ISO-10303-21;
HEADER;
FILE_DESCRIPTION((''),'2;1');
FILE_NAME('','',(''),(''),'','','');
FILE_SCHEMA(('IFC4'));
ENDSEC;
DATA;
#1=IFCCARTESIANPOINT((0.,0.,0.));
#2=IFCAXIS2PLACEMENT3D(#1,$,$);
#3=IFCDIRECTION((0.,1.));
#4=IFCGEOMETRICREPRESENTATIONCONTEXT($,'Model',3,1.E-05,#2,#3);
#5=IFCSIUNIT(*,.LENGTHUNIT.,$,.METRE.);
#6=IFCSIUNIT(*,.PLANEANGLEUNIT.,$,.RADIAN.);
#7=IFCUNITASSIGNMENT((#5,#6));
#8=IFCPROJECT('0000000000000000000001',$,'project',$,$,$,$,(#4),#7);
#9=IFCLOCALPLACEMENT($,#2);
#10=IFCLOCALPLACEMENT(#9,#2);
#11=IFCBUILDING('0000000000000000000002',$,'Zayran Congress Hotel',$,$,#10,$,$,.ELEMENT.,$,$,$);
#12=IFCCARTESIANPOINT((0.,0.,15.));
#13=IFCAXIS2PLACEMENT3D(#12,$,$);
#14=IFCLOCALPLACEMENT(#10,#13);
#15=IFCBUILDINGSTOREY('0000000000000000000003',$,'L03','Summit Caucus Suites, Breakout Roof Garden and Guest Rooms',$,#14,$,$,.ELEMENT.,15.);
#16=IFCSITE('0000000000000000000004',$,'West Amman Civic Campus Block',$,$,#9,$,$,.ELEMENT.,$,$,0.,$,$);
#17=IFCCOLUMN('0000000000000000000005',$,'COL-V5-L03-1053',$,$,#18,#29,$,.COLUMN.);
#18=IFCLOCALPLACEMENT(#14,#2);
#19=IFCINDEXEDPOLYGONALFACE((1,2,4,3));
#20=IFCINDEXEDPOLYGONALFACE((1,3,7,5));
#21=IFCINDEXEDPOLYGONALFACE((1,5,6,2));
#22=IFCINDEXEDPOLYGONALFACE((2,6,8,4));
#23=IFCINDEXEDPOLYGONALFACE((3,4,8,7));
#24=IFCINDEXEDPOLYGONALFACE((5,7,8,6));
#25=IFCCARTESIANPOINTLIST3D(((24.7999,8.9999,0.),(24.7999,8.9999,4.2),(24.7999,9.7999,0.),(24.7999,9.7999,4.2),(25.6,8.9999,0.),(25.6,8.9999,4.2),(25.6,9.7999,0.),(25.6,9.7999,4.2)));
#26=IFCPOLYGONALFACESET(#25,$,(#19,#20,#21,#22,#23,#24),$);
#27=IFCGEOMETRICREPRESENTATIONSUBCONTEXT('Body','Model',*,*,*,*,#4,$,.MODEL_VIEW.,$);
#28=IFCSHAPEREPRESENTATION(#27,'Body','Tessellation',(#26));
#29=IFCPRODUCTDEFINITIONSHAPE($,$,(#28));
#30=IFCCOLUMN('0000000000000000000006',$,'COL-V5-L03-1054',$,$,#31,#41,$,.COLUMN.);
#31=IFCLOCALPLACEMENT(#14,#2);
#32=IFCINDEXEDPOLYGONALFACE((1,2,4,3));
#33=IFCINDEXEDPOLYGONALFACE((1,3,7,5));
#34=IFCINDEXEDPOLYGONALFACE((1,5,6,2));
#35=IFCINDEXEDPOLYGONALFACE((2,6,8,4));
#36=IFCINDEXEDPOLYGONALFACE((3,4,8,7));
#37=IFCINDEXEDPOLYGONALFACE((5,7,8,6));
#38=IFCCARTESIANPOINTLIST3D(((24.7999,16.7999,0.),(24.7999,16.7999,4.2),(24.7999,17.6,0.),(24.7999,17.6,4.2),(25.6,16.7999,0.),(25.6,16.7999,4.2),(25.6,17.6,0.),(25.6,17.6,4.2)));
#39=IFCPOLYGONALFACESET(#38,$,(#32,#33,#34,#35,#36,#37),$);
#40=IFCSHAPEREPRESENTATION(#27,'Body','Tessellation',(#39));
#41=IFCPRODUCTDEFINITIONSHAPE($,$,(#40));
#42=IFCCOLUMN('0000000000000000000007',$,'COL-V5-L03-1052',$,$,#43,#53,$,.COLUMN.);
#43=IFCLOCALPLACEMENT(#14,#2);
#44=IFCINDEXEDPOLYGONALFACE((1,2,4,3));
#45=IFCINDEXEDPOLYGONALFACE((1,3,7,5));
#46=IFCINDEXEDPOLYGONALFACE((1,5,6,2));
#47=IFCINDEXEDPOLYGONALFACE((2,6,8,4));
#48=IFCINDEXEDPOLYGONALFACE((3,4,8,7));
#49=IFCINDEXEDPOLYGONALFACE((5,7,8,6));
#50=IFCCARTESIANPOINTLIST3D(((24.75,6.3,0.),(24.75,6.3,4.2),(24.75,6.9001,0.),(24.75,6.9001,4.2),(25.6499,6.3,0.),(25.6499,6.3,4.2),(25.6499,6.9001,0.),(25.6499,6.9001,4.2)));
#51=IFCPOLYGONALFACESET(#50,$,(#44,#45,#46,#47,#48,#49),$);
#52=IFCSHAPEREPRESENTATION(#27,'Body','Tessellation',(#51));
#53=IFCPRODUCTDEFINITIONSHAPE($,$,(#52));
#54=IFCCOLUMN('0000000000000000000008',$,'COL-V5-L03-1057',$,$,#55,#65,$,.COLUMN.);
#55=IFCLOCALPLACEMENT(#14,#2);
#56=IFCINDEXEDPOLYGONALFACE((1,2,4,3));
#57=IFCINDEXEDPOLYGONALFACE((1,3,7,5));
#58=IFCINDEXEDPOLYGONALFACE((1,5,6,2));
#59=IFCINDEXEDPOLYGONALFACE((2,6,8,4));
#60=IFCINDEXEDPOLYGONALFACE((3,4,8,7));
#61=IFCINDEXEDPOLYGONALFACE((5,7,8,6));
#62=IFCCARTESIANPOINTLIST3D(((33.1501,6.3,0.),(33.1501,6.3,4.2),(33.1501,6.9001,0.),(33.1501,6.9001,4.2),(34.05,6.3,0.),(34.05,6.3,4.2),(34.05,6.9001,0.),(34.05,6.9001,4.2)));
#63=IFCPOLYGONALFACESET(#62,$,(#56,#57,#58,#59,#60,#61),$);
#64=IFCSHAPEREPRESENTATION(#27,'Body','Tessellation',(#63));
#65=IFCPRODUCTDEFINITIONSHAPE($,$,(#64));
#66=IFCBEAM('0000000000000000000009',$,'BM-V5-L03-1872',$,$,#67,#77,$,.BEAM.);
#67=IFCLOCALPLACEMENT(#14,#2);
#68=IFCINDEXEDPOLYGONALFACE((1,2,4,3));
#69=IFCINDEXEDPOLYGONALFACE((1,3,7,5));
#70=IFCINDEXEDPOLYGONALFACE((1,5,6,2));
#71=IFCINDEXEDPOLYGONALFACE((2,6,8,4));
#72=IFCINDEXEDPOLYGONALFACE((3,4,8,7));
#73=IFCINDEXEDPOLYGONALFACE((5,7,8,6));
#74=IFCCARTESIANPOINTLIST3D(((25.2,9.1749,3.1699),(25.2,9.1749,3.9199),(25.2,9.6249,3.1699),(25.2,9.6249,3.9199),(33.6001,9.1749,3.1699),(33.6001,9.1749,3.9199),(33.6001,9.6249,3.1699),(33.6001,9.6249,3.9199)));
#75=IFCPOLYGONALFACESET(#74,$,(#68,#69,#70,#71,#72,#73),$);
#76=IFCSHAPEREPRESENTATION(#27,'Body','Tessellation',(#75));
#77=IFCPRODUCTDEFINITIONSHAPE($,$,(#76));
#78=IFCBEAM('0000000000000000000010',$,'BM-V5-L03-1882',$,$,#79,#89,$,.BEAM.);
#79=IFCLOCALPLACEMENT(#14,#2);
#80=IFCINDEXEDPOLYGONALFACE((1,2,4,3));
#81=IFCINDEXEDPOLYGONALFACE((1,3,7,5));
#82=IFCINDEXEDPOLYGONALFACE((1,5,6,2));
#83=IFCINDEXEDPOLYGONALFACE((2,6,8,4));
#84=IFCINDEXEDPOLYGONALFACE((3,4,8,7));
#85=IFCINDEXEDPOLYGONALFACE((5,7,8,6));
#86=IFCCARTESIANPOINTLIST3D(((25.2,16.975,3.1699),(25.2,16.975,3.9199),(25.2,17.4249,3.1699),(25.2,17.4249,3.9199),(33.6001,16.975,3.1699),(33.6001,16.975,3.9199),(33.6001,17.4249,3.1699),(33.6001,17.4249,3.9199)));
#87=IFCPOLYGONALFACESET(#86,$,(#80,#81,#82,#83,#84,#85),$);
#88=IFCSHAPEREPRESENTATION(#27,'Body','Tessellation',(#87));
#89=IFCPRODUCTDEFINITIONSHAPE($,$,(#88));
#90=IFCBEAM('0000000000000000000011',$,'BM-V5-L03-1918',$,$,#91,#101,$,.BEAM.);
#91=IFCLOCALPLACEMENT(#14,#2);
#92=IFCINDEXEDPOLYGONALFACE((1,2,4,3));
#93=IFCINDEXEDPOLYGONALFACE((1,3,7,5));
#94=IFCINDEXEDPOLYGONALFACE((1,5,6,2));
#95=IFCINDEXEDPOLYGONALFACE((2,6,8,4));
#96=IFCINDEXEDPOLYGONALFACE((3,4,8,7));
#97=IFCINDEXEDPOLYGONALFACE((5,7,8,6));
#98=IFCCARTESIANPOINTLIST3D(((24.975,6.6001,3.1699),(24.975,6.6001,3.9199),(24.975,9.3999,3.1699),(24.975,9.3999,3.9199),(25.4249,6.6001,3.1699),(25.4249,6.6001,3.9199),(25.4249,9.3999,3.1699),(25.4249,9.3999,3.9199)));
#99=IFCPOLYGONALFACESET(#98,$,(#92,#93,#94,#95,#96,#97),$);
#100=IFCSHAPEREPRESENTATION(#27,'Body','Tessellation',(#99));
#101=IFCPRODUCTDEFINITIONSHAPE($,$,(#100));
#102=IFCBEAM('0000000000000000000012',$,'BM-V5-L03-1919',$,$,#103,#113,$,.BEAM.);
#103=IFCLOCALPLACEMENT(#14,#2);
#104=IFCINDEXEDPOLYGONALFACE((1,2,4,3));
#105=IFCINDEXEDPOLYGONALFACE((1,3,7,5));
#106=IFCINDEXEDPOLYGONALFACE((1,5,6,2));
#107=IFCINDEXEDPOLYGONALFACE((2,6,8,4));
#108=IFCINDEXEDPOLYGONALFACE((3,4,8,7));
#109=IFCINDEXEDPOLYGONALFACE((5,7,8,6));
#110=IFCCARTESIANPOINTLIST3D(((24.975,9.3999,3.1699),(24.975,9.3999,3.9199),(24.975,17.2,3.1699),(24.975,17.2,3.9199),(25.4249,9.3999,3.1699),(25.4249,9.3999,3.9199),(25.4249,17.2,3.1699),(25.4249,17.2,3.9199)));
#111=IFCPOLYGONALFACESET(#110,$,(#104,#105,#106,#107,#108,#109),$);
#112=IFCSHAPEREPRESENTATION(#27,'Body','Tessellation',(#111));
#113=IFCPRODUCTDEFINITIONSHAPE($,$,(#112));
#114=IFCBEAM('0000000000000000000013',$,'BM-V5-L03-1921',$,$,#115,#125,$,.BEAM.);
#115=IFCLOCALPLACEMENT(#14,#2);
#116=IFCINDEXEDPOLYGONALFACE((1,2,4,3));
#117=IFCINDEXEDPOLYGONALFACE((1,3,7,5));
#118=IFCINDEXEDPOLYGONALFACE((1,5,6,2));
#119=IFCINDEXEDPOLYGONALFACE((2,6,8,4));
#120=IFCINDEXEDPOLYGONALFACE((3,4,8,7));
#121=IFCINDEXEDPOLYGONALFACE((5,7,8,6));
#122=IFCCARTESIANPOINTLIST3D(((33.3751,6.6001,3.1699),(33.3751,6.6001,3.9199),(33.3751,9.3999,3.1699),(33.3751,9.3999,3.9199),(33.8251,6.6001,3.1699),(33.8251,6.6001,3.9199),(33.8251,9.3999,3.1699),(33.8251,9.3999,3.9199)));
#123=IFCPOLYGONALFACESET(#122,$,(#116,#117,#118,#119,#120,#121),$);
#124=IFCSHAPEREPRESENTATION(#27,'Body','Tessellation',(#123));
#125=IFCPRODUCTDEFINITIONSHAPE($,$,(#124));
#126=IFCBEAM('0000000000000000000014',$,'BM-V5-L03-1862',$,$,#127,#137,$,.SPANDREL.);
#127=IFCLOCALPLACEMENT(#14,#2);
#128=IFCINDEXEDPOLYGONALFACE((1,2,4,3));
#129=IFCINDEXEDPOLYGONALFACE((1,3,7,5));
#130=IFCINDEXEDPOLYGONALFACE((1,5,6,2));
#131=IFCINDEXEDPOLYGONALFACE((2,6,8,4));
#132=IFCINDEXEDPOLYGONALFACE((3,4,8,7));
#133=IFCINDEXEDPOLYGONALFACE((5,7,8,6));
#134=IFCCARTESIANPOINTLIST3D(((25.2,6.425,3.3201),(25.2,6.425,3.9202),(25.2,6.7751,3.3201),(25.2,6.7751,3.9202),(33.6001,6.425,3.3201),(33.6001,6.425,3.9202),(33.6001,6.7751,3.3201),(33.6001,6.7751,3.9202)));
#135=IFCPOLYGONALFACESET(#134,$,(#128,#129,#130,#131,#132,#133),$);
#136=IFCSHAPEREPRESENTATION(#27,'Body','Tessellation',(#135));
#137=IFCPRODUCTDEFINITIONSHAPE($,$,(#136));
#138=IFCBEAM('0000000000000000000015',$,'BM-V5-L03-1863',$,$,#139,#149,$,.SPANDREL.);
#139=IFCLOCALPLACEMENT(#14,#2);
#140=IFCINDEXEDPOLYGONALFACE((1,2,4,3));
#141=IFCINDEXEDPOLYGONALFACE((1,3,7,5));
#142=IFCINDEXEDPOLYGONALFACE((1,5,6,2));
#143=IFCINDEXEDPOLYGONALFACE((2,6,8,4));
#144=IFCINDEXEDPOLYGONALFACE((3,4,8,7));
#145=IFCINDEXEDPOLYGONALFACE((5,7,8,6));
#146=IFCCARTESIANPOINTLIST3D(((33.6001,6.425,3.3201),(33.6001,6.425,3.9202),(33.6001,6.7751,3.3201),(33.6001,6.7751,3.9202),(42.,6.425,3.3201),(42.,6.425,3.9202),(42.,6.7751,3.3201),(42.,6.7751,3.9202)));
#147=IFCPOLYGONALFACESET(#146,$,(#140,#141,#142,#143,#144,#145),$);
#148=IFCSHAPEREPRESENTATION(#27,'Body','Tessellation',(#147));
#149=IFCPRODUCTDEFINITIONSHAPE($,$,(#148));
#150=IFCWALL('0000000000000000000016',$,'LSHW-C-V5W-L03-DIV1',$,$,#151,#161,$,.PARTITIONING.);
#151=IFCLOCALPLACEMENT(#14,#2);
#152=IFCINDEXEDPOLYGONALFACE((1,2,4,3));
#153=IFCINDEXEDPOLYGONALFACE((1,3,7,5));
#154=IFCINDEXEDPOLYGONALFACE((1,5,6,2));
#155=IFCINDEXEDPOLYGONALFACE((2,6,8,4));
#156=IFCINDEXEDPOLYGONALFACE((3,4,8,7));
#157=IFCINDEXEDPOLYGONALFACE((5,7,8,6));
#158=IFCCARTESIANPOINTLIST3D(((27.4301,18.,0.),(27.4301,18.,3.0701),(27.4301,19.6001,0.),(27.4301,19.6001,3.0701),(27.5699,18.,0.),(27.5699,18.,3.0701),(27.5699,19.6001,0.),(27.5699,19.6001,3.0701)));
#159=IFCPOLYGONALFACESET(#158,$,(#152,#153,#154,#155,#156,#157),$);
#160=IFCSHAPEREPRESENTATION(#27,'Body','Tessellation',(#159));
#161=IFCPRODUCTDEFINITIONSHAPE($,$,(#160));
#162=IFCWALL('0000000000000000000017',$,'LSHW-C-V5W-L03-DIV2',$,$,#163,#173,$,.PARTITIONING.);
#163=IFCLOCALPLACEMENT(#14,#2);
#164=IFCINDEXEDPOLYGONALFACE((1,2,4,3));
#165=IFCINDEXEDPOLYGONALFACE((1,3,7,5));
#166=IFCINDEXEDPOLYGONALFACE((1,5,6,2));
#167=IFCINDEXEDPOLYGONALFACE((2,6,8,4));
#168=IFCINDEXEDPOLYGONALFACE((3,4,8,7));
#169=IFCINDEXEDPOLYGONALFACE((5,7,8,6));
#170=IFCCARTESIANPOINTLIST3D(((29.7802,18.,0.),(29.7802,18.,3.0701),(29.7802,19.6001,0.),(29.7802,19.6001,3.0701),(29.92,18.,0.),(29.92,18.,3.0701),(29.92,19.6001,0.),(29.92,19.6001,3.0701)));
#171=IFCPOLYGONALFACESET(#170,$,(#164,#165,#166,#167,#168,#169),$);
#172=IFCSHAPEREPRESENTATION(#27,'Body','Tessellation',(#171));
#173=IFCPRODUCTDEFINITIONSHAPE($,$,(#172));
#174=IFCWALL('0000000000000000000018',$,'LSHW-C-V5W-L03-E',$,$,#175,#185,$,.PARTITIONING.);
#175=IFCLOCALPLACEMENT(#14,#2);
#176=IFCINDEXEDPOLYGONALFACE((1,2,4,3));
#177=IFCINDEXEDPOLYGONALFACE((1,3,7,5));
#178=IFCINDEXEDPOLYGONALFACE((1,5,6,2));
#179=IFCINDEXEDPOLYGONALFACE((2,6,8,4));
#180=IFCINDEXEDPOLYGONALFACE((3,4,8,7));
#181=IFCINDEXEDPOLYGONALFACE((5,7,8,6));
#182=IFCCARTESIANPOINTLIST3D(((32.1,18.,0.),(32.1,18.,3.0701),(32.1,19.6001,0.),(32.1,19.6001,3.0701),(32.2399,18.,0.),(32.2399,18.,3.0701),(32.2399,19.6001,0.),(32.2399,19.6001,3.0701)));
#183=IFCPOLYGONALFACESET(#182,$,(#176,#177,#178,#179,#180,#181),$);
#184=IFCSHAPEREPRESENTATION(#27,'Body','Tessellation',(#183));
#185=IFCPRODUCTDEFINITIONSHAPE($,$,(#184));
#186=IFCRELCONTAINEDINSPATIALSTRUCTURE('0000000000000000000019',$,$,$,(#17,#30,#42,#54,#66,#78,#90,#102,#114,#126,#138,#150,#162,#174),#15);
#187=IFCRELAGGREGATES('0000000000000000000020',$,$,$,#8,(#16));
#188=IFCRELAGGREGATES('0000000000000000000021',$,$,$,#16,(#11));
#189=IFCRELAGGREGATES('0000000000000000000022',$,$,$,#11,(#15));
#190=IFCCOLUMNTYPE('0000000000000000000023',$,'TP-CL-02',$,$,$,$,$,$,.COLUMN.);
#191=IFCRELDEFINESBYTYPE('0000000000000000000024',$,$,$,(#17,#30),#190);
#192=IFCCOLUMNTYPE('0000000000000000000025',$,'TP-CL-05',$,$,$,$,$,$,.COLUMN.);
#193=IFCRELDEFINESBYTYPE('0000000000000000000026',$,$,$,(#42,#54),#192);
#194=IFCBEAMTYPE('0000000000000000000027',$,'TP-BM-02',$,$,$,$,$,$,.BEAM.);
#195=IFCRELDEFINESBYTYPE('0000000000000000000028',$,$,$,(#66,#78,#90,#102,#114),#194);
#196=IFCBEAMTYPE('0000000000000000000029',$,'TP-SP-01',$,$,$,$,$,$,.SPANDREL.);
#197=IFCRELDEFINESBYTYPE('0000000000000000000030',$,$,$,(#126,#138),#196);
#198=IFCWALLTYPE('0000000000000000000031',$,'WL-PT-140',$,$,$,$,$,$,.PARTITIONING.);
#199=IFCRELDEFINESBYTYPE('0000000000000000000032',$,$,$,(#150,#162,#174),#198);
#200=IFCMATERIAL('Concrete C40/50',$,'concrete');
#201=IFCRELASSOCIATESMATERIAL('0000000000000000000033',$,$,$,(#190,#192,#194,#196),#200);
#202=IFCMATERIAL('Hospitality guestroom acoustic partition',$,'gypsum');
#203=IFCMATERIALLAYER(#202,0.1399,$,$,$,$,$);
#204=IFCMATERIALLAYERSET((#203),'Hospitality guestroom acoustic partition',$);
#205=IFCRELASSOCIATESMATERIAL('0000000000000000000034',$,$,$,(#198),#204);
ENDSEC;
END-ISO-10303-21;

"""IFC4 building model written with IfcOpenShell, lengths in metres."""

from ifc_helpers import new_model, si_unit, direction, frame, frame_2d, origin, origin_2d, place, context, subcontext, project, spatial, rectangle, extrude, material, layer, layer_set, material_profile, profile_set, type_object, element, save


model = new_model("IFC4")

# Units and contexts
model_context = context("Model", 3, precision=1e-05, world=origin(), true_north=direction((0.0, 1.0)))
body_context = subcontext(model_context, "Body", "Model", "MODEL_VIEW")
ifc_project = project(units=[si_unit("LENGTHUNIT", "METRE"), si_unit("PLANEANGLEUNIT", "RADIAN")], contexts=[model_context])

# Site, building, storey
site_placement = place(None, origin())
site = spatial("IfcSite", under=ifc_project, at=site_placement, Name="West Amman Civic Campus Block", CompositionType="ELEMENT", RefElevation=0.0)
building_placement = place(site_placement, origin())
building = spatial("IfcBuilding", under=site, at=building_placement, Name="Zayran Congress Hotel", CompositionType="ELEMENT")
storey_placement = place(building_placement, frame((0.0, 0.0, 15.0)))
storey = spatial("IfcBuildingStorey", under=building, at=storey_placement, Name="L03", Description="Summit Caucus Suites, Breakout Roof Garden and Guest Rooms", CompositionType="ELEMENT", Elevation=15.0)

# Columns
ifc_material_1 = material(Name="Concrete C40/50", Category="concrete")
ifc_material_profile_1 = material_profile(ifc_material_1, rectangle(XDim=0.8, YDim=0.8, at=origin_2d()), Name="RC 800x800")
ifc_profile_set_1 = profile_set([ifc_material_profile_1], Name="Concrete C40/50")
column_type_1 = type_object("IfcColumnType", Name="TP-CL-02", PredefinedType="COLUMN", material=ifc_profile_set_1)
for number, where, z_axis, x_axis, name in (
    (1, (25.2, 9.3999, 0.0), (0.0, 0.0, 1.0), (1.0, 0.0, 0.0), "COL-V5-L03-1053"),
    (2, (25.2, 17.2, 0.0), (0.0, 0.0, 1.0), (1.0, 0.0, 0.0), "COL-V5-L03-1054"),
):
    element("IfcColumn", number, at=place(storey_placement, frame(where, z_axis=z_axis, x_axis=x_axis)), inside=storey, type_object=column_type_1, Name=name, PredefinedType="COLUMN", context=body_context, shape_type="SweptSolid", body=[
        extrude(rectangle(XDim=0.8, YDim=0.8, at=origin_2d()), origin(), (0.0, 0.0, 1.0), 4.2),
    ])
ifc_material_profile_2 = material_profile(ifc_material_1, rectangle(XDim=0.6001, YDim=0.8999, at=origin_2d()), Name="RC 900x600")
ifc_profile_set_2 = profile_set([ifc_material_profile_2], Name="Concrete C40/50")
column_type_2 = type_object("IfcColumnType", Name="TP-CL-05", PredefinedType="COLUMN", material=ifc_profile_set_2)
for number, where, z_axis, x_axis, name in (
    (3, (25.2, 6.6001, 0.0), (0.0, 0.0, 1.0), (0.0, 1.0, 0.0), "COL-V5-L03-1052"),
    (4, (33.6001, 6.6001, 0.0), (0.0, 0.0, 1.0), (0.0, 1.0, 0.0), "COL-V5-L03-1057"),
):
    element("IfcColumn", number, at=place(storey_placement, frame(where, z_axis=z_axis, x_axis=x_axis)), inside=storey, type_object=column_type_2, Name=name, PredefinedType="COLUMN", context=body_context, shape_type="SweptSolid", body=[
        extrude(rectangle(XDim=0.6001, YDim=0.8999, at=origin_2d()), origin(), (0.0, 0.0, 1.0), 4.2),
    ])

# Beams
ifc_material_profile_3 = material_profile(ifc_material_1, rectangle(XDim=0.45, YDim=0.75, at=origin_2d()), Name="RC 450x750")
ifc_profile_set_3 = profile_set([ifc_material_profile_3], Name="Concrete C40/50")
beam_type_1 = type_object("IfcBeamType", Name="TP-BM-02", PredefinedType="BEAM", material=ifc_profile_set_3)
for number, where, z_axis, x_axis, name in (
    (5, (25.2, 9.3999, 3.5449), (1.0, 0.0, 0.0), (0.0, 1.0, 0.0), "BM-V5-L03-1872"),
    (6, (25.2, 17.2, 3.5449), (1.0, 0.0, 0.0), (0.0, 1.0, 0.0), "BM-V5-L03-1882"),
):
    element("IfcBeam", number, at=place(storey_placement, frame(where, z_axis=z_axis, x_axis=x_axis)), inside=storey, type_object=beam_type_1, Name=name, PredefinedType="BEAM", context=body_context, shape_type="SweptSolid", body=[
        extrude(rectangle(XDim=0.45, YDim=0.75, at=origin_2d()), origin(), (0.0, 0.0, 1.0), 8.4001),
    ])
beam_1_placement = place(storey_placement, frame((25.2, 6.6001, 3.5449), z_axis=(0.0, 1.0, 0.0), x_axis=(-1.0, 0.0, 0.0)))
element("IfcBeam", 7, at=beam_1_placement, inside=storey, type_object=beam_type_1, Name="BM-V5-L03-1918", PredefinedType="BEAM", context=body_context, shape_type="SweptSolid", body=[
    extrude(rectangle(XDim=0.45, YDim=0.75, at=origin_2d()), origin(), (0.0, 0.0, 1.0), 2.7998),
])
beam_2_placement = place(storey_placement, frame((25.2, 9.3999, 3.5449), z_axis=(0.0, 1.0, 0.0), x_axis=(-1.0, 0.0, 0.0)))
element("IfcBeam", 8, at=beam_2_placement, inside=storey, type_object=beam_type_1, Name="BM-V5-L03-1919", PredefinedType="BEAM", context=body_context, shape_type="SweptSolid", body=[
    extrude(rectangle(XDim=0.45, YDim=0.75, at=origin_2d()), origin(), (0.0, 0.0, 1.0), 7.8),
])
beam_3_placement = place(storey_placement, frame((33.6001, 6.6001, 3.5449), z_axis=(0.0, 1.0, 0.0), x_axis=(-1.0, 0.0, 0.0)))
element("IfcBeam", 9, at=beam_3_placement, inside=storey, type_object=beam_type_1, Name="BM-V5-L03-1921", PredefinedType="BEAM", context=body_context, shape_type="SweptSolid", body=[
    extrude(rectangle(XDim=0.45, YDim=0.75, at=origin_2d()), origin(), (0.0, 0.0, 1.0), 2.7998),
])
ifc_material_profile_4 = material_profile(ifc_material_1, rectangle(XDim=0.3501, YDim=0.6001, at=origin_2d()), Name="RC 350x600")
ifc_profile_set_4 = profile_set([ifc_material_profile_4], Name="Concrete C40/50")
beam_type_2 = type_object("IfcBeamType", Name="TP-SP-01", PredefinedType="SPANDREL", material=ifc_profile_set_4)
beam_4_placement = place(storey_placement, frame((25.2, 6.6001, 3.6201), z_axis=(1.0, 0.0, 0.0), x_axis=(0.0, 1.0, 0.0)))
element("IfcBeam", 10, at=beam_4_placement, inside=storey, type_object=beam_type_2, Name="BM-V5-L03-1862", PredefinedType="SPANDREL", context=body_context, shape_type="SweptSolid", body=[
    extrude(rectangle(XDim=0.3501, YDim=0.6001, at=origin_2d()), origin(), (0.0, 0.0, 1.0), 8.4001),
])
beam_5_placement = place(storey_placement, frame((33.6001, 6.6001, 3.6201), z_axis=(1.0, 0.0, 0.0), x_axis=(0.0, 1.0, 0.0)))
element("IfcBeam", 11, at=beam_5_placement, inside=storey, type_object=beam_type_2, Name="BM-V5-L03-1863", PredefinedType="SPANDREL", context=body_context, shape_type="SweptSolid", body=[
    extrude(rectangle(XDim=0.3501, YDim=0.6001, at=origin_2d()), origin(), (0.0, 0.0, 1.0), 8.3999),
])

# Walls
ifc_material_2 = material(Name="Hospitality guestroom acoustic partition", Category="gypsum")
ifc_layer_1 = layer(ifc_material_2, 0.1399)
ifc_layer_set_1 = layer_set([ifc_layer_1], Name="Hospitality guestroom acoustic partition")
wall_type_1 = type_object("IfcWallType", Name="WL-PT-140", PredefinedType="PARTITIONING", material=ifc_layer_set_1)
for number, where, z_axis, x_axis, name in (
    (12, (27.5, 18.0, 0.0), (0.0, 0.0, 1.0), (0.0, 1.0, 0.0), "LSHW-C-V5W-L03-DIV1"),
    (13, (29.8501, 18.0, 0.0), (0.0, 0.0, 1.0), (0.0, 1.0, 0.0), "LSHW-C-V5W-L03-DIV2"),
    (14, (32.1699, 18.0, 0.0), (0.0, 0.0, 1.0), (0.0, 1.0, 0.0), "LSHW-C-V5W-L03-E"),
):
    element("IfcWall", number, at=place(storey_placement, frame(where, z_axis=z_axis, x_axis=x_axis)), inside=storey, type_object=wall_type_1, Name=name, PredefinedType="PARTITIONING", context=body_context, shape_type="SweptSolid", body=[
        extrude(rectangle(XDim=1.6001, YDim=0.1399, at=frame_2d((0.8, 0.0))), origin(), (0.0, 0.0, 1.0), 3.0701),
    ])

save(model, "model.ifc")
